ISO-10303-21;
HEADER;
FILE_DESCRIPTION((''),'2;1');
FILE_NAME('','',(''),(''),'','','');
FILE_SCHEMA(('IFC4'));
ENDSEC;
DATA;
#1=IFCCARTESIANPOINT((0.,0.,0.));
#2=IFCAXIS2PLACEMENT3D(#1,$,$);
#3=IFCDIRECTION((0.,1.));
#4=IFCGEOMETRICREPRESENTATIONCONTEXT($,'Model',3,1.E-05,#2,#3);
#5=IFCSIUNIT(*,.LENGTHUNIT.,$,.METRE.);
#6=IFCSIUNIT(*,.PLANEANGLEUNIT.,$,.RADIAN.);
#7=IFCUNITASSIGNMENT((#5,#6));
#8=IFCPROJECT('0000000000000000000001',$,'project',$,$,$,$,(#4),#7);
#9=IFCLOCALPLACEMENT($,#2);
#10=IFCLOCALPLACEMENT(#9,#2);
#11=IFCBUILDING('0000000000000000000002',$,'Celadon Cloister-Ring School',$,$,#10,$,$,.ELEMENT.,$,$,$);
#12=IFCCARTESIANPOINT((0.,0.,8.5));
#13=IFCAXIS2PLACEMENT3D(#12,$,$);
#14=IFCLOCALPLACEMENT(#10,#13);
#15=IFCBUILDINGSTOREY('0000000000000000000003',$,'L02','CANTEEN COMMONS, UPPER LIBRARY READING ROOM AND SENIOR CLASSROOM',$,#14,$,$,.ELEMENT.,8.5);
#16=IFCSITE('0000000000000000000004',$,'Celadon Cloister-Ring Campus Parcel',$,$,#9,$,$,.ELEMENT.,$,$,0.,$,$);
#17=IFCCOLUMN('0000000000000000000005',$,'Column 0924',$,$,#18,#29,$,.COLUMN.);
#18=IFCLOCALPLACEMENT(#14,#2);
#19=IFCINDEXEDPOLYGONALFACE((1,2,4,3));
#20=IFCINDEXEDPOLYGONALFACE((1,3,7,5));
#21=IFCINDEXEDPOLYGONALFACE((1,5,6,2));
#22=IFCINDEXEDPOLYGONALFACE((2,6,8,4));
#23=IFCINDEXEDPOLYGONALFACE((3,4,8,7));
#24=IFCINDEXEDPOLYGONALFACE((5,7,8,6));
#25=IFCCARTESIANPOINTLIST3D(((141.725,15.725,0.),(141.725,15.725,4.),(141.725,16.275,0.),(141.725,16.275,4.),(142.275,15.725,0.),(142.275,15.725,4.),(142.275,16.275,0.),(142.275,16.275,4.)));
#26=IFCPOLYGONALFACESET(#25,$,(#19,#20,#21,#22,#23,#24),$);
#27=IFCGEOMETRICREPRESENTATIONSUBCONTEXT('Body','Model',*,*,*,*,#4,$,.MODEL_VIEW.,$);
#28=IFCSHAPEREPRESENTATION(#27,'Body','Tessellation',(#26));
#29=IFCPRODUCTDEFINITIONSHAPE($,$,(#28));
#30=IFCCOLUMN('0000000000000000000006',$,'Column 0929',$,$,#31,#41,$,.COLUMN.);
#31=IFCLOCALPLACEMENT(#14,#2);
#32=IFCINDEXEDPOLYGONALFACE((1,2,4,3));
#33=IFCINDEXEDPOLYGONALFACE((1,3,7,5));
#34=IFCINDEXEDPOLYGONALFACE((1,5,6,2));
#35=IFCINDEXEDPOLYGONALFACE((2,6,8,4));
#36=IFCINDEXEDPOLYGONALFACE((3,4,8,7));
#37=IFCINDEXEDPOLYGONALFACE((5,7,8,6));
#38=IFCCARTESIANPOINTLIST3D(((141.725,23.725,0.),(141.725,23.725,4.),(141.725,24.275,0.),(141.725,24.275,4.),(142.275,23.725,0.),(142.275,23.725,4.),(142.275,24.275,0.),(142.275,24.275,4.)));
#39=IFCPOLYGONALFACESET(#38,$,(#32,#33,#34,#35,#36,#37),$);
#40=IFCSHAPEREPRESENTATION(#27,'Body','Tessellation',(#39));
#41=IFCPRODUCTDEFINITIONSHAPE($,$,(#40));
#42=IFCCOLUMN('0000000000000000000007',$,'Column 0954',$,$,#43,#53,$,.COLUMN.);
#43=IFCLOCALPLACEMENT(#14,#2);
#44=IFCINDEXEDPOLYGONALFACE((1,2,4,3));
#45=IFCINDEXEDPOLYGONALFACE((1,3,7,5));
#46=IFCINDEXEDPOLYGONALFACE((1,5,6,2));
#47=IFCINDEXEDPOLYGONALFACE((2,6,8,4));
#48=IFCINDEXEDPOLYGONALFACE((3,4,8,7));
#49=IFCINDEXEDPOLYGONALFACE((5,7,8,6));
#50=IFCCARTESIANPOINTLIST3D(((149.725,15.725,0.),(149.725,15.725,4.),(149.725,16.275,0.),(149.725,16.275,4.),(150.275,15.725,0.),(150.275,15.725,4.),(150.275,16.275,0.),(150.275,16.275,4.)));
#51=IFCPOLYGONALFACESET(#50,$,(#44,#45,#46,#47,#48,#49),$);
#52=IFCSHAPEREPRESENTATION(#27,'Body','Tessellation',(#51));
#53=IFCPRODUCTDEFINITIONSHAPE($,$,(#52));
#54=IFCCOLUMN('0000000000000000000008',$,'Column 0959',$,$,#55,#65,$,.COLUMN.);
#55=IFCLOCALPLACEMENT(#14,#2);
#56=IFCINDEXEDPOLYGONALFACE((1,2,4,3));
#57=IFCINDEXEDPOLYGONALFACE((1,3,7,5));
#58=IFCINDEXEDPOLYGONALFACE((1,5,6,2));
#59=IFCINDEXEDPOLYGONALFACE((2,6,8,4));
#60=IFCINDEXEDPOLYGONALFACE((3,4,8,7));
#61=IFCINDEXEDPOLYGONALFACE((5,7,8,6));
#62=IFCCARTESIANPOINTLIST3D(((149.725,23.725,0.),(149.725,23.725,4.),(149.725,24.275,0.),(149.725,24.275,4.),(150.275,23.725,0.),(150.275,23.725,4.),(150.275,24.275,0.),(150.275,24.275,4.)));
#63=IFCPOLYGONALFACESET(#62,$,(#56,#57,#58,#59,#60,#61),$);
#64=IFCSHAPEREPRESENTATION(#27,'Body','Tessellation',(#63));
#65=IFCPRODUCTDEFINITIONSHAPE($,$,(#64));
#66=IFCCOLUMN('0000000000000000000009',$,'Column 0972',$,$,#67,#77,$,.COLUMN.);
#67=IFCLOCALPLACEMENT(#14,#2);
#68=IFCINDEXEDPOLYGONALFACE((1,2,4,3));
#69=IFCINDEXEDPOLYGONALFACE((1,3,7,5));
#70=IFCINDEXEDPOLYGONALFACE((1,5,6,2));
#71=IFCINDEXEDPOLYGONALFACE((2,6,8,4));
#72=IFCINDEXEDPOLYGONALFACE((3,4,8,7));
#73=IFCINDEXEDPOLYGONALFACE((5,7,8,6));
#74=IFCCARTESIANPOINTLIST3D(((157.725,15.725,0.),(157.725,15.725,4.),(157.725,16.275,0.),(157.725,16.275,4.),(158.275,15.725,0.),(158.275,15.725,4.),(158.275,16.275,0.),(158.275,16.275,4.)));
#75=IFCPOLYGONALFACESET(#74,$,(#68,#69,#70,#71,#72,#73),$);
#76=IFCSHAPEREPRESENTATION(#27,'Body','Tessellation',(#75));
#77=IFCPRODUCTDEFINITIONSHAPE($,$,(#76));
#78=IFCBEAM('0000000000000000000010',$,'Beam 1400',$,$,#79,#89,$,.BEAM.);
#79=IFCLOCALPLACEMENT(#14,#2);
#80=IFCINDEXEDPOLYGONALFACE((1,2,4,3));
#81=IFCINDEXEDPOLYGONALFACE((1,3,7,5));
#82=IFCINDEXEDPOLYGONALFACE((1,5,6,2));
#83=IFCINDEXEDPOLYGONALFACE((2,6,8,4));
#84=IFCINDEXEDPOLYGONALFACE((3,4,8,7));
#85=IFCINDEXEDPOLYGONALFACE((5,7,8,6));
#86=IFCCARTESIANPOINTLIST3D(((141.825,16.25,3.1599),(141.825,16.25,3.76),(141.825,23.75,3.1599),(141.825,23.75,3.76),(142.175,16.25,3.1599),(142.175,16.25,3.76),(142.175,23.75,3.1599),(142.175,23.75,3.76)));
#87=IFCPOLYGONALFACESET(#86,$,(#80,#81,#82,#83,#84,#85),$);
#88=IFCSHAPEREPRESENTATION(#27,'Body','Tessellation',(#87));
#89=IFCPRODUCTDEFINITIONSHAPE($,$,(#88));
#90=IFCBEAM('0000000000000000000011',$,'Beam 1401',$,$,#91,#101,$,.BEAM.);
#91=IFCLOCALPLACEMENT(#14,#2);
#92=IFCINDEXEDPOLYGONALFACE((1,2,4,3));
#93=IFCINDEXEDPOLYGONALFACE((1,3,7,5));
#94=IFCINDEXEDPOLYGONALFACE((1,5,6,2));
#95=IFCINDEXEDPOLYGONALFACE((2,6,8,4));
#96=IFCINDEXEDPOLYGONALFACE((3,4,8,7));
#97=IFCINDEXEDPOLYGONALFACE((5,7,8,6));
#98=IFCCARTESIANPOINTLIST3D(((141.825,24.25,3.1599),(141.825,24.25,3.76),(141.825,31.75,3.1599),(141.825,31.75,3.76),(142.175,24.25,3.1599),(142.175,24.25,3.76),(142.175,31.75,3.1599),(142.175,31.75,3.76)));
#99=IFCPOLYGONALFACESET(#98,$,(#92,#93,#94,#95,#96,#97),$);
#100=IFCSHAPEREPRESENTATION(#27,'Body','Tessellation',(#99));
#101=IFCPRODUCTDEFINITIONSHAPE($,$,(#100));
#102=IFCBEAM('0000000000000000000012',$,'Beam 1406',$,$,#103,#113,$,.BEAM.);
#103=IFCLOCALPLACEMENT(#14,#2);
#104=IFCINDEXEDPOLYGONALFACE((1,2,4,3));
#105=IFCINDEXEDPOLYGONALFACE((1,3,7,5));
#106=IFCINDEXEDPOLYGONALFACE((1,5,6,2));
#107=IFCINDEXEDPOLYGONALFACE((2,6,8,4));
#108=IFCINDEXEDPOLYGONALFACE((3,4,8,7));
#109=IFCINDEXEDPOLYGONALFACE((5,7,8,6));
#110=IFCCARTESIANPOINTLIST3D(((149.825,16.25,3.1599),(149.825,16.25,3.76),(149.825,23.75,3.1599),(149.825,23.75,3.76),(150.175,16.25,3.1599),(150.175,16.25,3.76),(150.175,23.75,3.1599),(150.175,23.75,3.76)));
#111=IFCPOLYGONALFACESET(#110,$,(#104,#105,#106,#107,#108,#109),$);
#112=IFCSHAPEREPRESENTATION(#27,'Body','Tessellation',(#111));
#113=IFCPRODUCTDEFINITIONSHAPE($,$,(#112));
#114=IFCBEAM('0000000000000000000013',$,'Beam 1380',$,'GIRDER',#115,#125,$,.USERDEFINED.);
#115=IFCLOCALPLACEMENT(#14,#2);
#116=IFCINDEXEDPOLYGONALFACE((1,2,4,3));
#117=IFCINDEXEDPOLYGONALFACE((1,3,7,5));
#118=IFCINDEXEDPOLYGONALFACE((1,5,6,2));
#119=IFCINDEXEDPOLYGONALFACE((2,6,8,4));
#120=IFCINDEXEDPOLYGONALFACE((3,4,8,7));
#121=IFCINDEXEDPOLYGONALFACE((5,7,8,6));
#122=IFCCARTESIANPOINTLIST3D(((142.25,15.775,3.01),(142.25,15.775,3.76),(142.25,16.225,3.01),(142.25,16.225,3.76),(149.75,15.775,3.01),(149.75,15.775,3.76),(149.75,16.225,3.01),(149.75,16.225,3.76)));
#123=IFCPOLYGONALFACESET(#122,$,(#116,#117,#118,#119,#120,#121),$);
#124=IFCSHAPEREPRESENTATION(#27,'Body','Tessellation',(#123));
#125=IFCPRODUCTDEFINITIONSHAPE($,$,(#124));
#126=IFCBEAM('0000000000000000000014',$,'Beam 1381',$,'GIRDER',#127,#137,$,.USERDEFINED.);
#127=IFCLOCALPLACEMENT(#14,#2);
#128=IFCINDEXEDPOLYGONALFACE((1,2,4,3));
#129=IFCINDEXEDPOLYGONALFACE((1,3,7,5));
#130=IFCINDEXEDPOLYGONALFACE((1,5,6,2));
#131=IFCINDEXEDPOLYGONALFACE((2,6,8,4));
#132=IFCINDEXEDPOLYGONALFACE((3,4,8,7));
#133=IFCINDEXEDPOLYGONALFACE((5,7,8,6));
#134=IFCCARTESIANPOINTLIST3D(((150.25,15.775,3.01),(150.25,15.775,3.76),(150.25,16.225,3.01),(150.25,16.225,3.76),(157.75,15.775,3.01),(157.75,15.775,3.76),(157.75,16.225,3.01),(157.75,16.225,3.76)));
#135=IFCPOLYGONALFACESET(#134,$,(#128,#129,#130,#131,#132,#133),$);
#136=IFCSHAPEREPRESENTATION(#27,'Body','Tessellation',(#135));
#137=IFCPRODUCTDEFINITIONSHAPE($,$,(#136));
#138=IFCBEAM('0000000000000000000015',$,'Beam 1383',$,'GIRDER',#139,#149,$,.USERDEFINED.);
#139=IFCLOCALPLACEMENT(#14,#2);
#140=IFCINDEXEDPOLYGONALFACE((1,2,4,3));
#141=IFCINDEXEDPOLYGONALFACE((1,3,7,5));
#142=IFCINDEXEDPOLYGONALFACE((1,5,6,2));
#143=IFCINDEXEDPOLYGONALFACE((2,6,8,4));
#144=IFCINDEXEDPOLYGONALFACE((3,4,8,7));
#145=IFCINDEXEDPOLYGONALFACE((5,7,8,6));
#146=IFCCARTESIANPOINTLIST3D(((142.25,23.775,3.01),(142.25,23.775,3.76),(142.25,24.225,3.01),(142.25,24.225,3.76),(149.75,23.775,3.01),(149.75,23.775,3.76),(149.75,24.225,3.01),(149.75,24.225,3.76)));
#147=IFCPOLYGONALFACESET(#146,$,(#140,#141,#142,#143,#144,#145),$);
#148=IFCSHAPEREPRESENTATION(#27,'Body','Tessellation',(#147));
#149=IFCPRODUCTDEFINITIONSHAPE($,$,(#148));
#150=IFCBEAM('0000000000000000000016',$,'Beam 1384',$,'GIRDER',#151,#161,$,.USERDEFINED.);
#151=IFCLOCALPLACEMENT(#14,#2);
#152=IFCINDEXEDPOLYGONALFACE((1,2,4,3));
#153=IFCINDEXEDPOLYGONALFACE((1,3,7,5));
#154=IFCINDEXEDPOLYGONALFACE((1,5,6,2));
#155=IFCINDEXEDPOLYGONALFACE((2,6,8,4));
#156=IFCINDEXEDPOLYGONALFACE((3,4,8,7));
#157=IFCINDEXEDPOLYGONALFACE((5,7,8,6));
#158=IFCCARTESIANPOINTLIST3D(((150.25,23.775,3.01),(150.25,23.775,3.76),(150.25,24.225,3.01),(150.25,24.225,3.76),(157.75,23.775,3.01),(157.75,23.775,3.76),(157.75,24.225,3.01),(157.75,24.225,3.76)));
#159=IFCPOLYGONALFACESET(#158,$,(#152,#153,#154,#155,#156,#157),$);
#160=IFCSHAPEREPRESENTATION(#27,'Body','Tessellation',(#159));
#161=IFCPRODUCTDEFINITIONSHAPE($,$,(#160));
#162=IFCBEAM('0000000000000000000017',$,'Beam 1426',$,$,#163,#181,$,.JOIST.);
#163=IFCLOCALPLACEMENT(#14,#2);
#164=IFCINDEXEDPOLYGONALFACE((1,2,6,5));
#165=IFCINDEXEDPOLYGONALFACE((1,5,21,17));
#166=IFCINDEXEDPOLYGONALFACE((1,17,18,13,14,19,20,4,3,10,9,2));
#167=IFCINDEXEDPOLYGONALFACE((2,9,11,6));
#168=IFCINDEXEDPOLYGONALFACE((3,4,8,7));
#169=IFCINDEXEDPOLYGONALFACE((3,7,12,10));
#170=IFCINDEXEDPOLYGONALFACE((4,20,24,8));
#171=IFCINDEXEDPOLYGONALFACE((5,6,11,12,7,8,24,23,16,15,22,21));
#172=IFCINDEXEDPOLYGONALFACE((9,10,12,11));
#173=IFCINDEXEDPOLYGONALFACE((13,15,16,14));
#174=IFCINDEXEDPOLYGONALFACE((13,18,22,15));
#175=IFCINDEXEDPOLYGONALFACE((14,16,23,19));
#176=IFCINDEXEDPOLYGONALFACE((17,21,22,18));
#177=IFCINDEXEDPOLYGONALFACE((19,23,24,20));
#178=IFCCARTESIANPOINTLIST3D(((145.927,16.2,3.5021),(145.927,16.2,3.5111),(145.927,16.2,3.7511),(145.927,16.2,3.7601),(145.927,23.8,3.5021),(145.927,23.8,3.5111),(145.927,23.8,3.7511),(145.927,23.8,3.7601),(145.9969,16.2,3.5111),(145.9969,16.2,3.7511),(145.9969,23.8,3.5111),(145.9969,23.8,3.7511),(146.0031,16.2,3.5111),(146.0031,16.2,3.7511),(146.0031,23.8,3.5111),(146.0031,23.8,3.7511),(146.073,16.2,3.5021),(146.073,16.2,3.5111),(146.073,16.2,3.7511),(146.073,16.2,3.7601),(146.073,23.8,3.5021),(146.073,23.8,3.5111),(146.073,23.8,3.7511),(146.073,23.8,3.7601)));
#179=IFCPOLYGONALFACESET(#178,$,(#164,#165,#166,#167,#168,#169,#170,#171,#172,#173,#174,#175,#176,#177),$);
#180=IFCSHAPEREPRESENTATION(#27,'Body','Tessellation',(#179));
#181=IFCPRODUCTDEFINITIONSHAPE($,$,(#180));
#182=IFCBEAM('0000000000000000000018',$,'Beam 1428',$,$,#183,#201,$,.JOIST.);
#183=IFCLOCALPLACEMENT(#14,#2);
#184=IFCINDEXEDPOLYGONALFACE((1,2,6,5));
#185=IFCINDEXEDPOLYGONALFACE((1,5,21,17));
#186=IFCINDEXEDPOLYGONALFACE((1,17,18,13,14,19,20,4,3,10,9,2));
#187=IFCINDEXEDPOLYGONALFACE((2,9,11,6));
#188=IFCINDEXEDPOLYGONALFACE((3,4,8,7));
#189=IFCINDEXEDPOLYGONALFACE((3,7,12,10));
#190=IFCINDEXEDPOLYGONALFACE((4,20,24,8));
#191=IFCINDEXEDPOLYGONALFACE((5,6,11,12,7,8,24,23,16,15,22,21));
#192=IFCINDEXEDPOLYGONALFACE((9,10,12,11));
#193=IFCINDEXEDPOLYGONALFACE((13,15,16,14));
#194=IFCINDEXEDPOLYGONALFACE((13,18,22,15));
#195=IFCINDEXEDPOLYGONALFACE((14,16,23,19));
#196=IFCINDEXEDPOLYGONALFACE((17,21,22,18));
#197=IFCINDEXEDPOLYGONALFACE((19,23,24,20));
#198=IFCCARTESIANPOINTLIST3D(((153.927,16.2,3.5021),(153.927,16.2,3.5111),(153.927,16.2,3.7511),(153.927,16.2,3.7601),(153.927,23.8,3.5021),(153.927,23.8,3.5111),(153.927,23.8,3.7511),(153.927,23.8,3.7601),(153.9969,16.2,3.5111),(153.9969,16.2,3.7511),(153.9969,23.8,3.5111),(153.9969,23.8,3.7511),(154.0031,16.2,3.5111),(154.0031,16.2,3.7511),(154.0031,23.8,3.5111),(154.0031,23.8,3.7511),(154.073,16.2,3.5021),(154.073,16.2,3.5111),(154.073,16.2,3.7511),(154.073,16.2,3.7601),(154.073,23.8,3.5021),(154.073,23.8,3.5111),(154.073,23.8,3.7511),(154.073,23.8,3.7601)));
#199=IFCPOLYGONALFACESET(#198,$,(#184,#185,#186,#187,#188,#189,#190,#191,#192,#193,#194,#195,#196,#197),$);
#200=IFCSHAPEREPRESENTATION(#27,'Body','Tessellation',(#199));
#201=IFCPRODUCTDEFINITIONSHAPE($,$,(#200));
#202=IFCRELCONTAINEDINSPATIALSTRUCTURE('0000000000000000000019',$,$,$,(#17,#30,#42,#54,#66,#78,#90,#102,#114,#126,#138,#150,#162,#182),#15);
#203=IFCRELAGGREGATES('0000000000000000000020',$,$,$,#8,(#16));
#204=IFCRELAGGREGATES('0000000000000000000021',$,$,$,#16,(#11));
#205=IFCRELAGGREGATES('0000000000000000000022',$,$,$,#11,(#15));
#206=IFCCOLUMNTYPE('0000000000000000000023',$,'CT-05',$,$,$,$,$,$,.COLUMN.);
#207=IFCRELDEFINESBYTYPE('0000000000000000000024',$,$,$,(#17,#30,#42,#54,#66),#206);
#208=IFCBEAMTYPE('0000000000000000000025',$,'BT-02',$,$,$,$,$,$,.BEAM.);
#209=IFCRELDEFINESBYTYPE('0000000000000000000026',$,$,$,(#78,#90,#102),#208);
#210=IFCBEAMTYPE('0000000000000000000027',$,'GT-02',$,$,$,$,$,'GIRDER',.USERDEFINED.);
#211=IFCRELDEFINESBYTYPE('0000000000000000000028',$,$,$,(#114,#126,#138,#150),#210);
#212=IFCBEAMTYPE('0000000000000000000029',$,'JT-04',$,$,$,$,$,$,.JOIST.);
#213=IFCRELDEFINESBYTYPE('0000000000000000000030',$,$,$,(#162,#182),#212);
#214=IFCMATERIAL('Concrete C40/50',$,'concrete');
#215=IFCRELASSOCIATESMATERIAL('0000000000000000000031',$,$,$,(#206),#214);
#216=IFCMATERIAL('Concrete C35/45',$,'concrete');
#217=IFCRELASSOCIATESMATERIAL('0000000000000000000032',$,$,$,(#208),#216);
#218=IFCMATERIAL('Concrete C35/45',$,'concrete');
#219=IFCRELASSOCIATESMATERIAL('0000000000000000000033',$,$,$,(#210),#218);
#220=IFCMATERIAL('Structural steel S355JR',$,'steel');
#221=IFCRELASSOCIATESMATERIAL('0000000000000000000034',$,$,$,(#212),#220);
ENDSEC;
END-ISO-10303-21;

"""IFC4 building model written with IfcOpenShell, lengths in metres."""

from ifc_helpers import new_model, si_unit, direction, frame, origin, origin_2d, place, context, subcontext, project, spatial, rectangle, i_section, extrude, material, material_profile, profile_set, type_object, element, save


model = new_model("IFC4")

# Units and contexts
model_context = context("Model", 3, precision=1e-05, world=origin(), true_north=direction((0.0, 1.0)))
body_context = subcontext(model_context, "Body", "Model", "MODEL_VIEW")
ifc_project = project(units=[si_unit("LENGTHUNIT", "METRE"), si_unit("PLANEANGLEUNIT", "RADIAN")], contexts=[model_context])

# Site, building, storey
site_placement = place(None, origin())
site = spatial("IfcSite", under=ifc_project, at=site_placement, Name="Celadon Cloister-Ring Campus Parcel", CompositionType="ELEMENT", RefElevation=0.0)
building_placement = place(site_placement, origin())
building = spatial("IfcBuilding", under=site, at=building_placement, Name="Celadon Cloister-Ring School", CompositionType="ELEMENT")
storey_placement = place(building_placement, frame((0.0, 0.0, 8.5)))
storey = spatial("IfcBuildingStorey", under=building, at=storey_placement, Name="L02", Description="CANTEEN COMMONS, UPPER LIBRARY READING ROOM AND SENIOR CLASSROOM", CompositionType="ELEMENT", Elevation=8.5)

# Columns
ifc_material_1 = material(Name="Concrete C40/50", Category="concrete")
ifc_material_profile_1 = material_profile(ifc_material_1, rectangle(XDim=0.55, YDim=0.55, at=origin_2d()), Name="RC550X550")
ifc_profile_set_1 = profile_set([ifc_material_profile_1], Name="Concrete C40/50")
column_type = type_object("IfcColumnType", Name="CT-05", PredefinedType="COLUMN", material=ifc_profile_set_1)
for number, where, z_axis, x_axis, name in (
    (1, (142.0, 16.0, 0.0), (0.0, 0.0, 1.0), (1.0, 0.0, 0.0), "Column 0924"),
    (2, (142.0, 24.0, 0.0), (0.0, 0.0, 1.0), (1.0, 0.0, 0.0), "Column 0929"),
    (3, (150.0, 16.0, 0.0), (0.0, 0.0, 1.0), (1.0, 0.0, 0.0), "Column 0954"),
    (4, (150.0, 24.0, 0.0), (0.0, 0.0, 1.0), (1.0, 0.0, 0.0), "Column 0959"),
    (5, (158.0, 16.0, 0.0), (0.0, 0.0, 1.0), (1.0, 0.0, 0.0), "Column 0972"),
):
    element("IfcColumn", number, at=place(storey_placement, frame(where, z_axis=z_axis, x_axis=x_axis)), inside=storey, type_object=column_type, Name=name, PredefinedType="COLUMN", context=body_context, shape_type="SweptSolid", body=[
        extrude(rectangle(XDim=0.55, YDim=0.55, at=origin_2d()), origin(), (0.0, 0.0, 1.0), 4.0),
    ])

# Beams
ifc_material_2 = material(Name="Concrete C35/45", Category="concrete")
ifc_material_profile_2 = material_profile(ifc_material_2, rectangle(XDim=0.3501, YDim=0.6001, at=origin_2d()), Name="RC350X600")
ifc_profile_set_2 = profile_set([ifc_material_profile_2], Name="Concrete C35/45")
beam_type_1 = type_object("IfcBeamType", Name="BT-02", PredefinedType="BEAM", material=ifc_profile_set_2)
for number, where, z_axis, x_axis, name in (
    (6, (142.0, 16.25, 3.46), (0.0, 1.0, 0.0), (-1.0, 0.0, 0.0), "Beam 1400"),
    (7, (142.0, 24.25, 3.46), (0.0, 1.0, 0.0), (-1.0, 0.0, 0.0), "Beam 1401"),
    (8, (150.0, 16.25, 3.46), (0.0, 1.0, 0.0), (-1.0, 0.0, 0.0), "Beam 1406"),
):
    element("IfcBeam", number, at=place(storey_placement, frame(where, z_axis=z_axis, x_axis=x_axis)), inside=storey, type_object=beam_type_1, Name=name, PredefinedType="BEAM", context=body_context, shape_type="SweptSolid", body=[
        extrude(rectangle(XDim=0.3501, YDim=0.6001, at=origin_2d()), origin(), (0.0, 0.0, 1.0), 7.5),
    ])
ifc_material_3 = material(Name="Concrete C35/45", Category="concrete")
ifc_material_profile_3 = material_profile(ifc_material_3, rectangle(XDim=0.45, YDim=0.75, at=origin_2d()), Name="RC450X750")
ifc_profile_set_3 = profile_set([ifc_material_profile_3], Name="Concrete C35/45")
beam_type_2 = type_object("IfcBeamType", Name="GT-02", ElementType="GIRDER", PredefinedType="USERDEFINED", material=ifc_profile_set_3)
for number, where, z_axis, x_axis, name in (
    (9, (142.25, 16.0, 3.385), (1.0, 0.0, 0.0), (0.0, 1.0, 0.0), "Beam 1380"),
    (10, (150.25, 16.0, 3.385), (1.0, 0.0, 0.0), (0.0, 1.0, 0.0), "Beam 1381"),
    (11, (142.25, 24.0, 3.385), (1.0, 0.0, 0.0), (0.0, 1.0, 0.0), "Beam 1383"),
    (12, (150.25, 24.0, 3.385), (1.0, 0.0, 0.0), (0.0, 1.0, 0.0), "Beam 1384"),
):
    element("IfcBeam", number, at=place(storey_placement, frame(where, z_axis=z_axis, x_axis=x_axis)), inside=storey, type_object=beam_type_2, Name=name, ObjectType="GIRDER", PredefinedType="USERDEFINED", context=body_context, shape_type="SweptSolid", body=[
        extrude(rectangle(XDim=0.45, YDim=0.75, at=origin_2d()), origin(), (0.0, 0.0, 1.0), 7.5),
    ])
ifc_material_4 = material(Name="Structural steel S355JR", Category="steel")
ifc_material_profile_4 = material_profile(ifc_material_4, i_section(OverallWidth=0.146, OverallDepth=0.2581, WebThickness=0.0061, FlangeThickness=0.009, at=origin_2d()), Name="W250X33")
ifc_profile_set_4 = profile_set([ifc_material_profile_4], Name="Structural steel S355JR")
beam_type_3 = type_object("IfcBeamType", Name="JT-04", PredefinedType="JOIST", material=ifc_profile_set_4)
for number, where, z_axis, x_axis, name in (
    (13, (146.0, 16.2, 3.6311), (0.0, 1.0, 0.0), (-1.0, 0.0, 0.0), "Beam 1426"),
    (14, (154.0, 16.2, 3.6311), (0.0, 1.0, 0.0), (-1.0, 0.0, 0.0), "Beam 1428"),
):
    element("IfcBeam", number, at=place(storey_placement, frame(where, z_axis=z_axis, x_axis=x_axis)), inside=storey, type_object=beam_type_3, Name=name, PredefinedType="JOIST", context=body_context, shape_type="SweptSolid", body=[
        extrude(i_section(OverallWidth=0.146, OverallDepth=0.2581, WebThickness=0.0061, FlangeThickness=0.009, at=origin_2d()), origin(), (0.0, 0.0, 1.0), 7.6001),
    ])

save(model, "model.ifc")
